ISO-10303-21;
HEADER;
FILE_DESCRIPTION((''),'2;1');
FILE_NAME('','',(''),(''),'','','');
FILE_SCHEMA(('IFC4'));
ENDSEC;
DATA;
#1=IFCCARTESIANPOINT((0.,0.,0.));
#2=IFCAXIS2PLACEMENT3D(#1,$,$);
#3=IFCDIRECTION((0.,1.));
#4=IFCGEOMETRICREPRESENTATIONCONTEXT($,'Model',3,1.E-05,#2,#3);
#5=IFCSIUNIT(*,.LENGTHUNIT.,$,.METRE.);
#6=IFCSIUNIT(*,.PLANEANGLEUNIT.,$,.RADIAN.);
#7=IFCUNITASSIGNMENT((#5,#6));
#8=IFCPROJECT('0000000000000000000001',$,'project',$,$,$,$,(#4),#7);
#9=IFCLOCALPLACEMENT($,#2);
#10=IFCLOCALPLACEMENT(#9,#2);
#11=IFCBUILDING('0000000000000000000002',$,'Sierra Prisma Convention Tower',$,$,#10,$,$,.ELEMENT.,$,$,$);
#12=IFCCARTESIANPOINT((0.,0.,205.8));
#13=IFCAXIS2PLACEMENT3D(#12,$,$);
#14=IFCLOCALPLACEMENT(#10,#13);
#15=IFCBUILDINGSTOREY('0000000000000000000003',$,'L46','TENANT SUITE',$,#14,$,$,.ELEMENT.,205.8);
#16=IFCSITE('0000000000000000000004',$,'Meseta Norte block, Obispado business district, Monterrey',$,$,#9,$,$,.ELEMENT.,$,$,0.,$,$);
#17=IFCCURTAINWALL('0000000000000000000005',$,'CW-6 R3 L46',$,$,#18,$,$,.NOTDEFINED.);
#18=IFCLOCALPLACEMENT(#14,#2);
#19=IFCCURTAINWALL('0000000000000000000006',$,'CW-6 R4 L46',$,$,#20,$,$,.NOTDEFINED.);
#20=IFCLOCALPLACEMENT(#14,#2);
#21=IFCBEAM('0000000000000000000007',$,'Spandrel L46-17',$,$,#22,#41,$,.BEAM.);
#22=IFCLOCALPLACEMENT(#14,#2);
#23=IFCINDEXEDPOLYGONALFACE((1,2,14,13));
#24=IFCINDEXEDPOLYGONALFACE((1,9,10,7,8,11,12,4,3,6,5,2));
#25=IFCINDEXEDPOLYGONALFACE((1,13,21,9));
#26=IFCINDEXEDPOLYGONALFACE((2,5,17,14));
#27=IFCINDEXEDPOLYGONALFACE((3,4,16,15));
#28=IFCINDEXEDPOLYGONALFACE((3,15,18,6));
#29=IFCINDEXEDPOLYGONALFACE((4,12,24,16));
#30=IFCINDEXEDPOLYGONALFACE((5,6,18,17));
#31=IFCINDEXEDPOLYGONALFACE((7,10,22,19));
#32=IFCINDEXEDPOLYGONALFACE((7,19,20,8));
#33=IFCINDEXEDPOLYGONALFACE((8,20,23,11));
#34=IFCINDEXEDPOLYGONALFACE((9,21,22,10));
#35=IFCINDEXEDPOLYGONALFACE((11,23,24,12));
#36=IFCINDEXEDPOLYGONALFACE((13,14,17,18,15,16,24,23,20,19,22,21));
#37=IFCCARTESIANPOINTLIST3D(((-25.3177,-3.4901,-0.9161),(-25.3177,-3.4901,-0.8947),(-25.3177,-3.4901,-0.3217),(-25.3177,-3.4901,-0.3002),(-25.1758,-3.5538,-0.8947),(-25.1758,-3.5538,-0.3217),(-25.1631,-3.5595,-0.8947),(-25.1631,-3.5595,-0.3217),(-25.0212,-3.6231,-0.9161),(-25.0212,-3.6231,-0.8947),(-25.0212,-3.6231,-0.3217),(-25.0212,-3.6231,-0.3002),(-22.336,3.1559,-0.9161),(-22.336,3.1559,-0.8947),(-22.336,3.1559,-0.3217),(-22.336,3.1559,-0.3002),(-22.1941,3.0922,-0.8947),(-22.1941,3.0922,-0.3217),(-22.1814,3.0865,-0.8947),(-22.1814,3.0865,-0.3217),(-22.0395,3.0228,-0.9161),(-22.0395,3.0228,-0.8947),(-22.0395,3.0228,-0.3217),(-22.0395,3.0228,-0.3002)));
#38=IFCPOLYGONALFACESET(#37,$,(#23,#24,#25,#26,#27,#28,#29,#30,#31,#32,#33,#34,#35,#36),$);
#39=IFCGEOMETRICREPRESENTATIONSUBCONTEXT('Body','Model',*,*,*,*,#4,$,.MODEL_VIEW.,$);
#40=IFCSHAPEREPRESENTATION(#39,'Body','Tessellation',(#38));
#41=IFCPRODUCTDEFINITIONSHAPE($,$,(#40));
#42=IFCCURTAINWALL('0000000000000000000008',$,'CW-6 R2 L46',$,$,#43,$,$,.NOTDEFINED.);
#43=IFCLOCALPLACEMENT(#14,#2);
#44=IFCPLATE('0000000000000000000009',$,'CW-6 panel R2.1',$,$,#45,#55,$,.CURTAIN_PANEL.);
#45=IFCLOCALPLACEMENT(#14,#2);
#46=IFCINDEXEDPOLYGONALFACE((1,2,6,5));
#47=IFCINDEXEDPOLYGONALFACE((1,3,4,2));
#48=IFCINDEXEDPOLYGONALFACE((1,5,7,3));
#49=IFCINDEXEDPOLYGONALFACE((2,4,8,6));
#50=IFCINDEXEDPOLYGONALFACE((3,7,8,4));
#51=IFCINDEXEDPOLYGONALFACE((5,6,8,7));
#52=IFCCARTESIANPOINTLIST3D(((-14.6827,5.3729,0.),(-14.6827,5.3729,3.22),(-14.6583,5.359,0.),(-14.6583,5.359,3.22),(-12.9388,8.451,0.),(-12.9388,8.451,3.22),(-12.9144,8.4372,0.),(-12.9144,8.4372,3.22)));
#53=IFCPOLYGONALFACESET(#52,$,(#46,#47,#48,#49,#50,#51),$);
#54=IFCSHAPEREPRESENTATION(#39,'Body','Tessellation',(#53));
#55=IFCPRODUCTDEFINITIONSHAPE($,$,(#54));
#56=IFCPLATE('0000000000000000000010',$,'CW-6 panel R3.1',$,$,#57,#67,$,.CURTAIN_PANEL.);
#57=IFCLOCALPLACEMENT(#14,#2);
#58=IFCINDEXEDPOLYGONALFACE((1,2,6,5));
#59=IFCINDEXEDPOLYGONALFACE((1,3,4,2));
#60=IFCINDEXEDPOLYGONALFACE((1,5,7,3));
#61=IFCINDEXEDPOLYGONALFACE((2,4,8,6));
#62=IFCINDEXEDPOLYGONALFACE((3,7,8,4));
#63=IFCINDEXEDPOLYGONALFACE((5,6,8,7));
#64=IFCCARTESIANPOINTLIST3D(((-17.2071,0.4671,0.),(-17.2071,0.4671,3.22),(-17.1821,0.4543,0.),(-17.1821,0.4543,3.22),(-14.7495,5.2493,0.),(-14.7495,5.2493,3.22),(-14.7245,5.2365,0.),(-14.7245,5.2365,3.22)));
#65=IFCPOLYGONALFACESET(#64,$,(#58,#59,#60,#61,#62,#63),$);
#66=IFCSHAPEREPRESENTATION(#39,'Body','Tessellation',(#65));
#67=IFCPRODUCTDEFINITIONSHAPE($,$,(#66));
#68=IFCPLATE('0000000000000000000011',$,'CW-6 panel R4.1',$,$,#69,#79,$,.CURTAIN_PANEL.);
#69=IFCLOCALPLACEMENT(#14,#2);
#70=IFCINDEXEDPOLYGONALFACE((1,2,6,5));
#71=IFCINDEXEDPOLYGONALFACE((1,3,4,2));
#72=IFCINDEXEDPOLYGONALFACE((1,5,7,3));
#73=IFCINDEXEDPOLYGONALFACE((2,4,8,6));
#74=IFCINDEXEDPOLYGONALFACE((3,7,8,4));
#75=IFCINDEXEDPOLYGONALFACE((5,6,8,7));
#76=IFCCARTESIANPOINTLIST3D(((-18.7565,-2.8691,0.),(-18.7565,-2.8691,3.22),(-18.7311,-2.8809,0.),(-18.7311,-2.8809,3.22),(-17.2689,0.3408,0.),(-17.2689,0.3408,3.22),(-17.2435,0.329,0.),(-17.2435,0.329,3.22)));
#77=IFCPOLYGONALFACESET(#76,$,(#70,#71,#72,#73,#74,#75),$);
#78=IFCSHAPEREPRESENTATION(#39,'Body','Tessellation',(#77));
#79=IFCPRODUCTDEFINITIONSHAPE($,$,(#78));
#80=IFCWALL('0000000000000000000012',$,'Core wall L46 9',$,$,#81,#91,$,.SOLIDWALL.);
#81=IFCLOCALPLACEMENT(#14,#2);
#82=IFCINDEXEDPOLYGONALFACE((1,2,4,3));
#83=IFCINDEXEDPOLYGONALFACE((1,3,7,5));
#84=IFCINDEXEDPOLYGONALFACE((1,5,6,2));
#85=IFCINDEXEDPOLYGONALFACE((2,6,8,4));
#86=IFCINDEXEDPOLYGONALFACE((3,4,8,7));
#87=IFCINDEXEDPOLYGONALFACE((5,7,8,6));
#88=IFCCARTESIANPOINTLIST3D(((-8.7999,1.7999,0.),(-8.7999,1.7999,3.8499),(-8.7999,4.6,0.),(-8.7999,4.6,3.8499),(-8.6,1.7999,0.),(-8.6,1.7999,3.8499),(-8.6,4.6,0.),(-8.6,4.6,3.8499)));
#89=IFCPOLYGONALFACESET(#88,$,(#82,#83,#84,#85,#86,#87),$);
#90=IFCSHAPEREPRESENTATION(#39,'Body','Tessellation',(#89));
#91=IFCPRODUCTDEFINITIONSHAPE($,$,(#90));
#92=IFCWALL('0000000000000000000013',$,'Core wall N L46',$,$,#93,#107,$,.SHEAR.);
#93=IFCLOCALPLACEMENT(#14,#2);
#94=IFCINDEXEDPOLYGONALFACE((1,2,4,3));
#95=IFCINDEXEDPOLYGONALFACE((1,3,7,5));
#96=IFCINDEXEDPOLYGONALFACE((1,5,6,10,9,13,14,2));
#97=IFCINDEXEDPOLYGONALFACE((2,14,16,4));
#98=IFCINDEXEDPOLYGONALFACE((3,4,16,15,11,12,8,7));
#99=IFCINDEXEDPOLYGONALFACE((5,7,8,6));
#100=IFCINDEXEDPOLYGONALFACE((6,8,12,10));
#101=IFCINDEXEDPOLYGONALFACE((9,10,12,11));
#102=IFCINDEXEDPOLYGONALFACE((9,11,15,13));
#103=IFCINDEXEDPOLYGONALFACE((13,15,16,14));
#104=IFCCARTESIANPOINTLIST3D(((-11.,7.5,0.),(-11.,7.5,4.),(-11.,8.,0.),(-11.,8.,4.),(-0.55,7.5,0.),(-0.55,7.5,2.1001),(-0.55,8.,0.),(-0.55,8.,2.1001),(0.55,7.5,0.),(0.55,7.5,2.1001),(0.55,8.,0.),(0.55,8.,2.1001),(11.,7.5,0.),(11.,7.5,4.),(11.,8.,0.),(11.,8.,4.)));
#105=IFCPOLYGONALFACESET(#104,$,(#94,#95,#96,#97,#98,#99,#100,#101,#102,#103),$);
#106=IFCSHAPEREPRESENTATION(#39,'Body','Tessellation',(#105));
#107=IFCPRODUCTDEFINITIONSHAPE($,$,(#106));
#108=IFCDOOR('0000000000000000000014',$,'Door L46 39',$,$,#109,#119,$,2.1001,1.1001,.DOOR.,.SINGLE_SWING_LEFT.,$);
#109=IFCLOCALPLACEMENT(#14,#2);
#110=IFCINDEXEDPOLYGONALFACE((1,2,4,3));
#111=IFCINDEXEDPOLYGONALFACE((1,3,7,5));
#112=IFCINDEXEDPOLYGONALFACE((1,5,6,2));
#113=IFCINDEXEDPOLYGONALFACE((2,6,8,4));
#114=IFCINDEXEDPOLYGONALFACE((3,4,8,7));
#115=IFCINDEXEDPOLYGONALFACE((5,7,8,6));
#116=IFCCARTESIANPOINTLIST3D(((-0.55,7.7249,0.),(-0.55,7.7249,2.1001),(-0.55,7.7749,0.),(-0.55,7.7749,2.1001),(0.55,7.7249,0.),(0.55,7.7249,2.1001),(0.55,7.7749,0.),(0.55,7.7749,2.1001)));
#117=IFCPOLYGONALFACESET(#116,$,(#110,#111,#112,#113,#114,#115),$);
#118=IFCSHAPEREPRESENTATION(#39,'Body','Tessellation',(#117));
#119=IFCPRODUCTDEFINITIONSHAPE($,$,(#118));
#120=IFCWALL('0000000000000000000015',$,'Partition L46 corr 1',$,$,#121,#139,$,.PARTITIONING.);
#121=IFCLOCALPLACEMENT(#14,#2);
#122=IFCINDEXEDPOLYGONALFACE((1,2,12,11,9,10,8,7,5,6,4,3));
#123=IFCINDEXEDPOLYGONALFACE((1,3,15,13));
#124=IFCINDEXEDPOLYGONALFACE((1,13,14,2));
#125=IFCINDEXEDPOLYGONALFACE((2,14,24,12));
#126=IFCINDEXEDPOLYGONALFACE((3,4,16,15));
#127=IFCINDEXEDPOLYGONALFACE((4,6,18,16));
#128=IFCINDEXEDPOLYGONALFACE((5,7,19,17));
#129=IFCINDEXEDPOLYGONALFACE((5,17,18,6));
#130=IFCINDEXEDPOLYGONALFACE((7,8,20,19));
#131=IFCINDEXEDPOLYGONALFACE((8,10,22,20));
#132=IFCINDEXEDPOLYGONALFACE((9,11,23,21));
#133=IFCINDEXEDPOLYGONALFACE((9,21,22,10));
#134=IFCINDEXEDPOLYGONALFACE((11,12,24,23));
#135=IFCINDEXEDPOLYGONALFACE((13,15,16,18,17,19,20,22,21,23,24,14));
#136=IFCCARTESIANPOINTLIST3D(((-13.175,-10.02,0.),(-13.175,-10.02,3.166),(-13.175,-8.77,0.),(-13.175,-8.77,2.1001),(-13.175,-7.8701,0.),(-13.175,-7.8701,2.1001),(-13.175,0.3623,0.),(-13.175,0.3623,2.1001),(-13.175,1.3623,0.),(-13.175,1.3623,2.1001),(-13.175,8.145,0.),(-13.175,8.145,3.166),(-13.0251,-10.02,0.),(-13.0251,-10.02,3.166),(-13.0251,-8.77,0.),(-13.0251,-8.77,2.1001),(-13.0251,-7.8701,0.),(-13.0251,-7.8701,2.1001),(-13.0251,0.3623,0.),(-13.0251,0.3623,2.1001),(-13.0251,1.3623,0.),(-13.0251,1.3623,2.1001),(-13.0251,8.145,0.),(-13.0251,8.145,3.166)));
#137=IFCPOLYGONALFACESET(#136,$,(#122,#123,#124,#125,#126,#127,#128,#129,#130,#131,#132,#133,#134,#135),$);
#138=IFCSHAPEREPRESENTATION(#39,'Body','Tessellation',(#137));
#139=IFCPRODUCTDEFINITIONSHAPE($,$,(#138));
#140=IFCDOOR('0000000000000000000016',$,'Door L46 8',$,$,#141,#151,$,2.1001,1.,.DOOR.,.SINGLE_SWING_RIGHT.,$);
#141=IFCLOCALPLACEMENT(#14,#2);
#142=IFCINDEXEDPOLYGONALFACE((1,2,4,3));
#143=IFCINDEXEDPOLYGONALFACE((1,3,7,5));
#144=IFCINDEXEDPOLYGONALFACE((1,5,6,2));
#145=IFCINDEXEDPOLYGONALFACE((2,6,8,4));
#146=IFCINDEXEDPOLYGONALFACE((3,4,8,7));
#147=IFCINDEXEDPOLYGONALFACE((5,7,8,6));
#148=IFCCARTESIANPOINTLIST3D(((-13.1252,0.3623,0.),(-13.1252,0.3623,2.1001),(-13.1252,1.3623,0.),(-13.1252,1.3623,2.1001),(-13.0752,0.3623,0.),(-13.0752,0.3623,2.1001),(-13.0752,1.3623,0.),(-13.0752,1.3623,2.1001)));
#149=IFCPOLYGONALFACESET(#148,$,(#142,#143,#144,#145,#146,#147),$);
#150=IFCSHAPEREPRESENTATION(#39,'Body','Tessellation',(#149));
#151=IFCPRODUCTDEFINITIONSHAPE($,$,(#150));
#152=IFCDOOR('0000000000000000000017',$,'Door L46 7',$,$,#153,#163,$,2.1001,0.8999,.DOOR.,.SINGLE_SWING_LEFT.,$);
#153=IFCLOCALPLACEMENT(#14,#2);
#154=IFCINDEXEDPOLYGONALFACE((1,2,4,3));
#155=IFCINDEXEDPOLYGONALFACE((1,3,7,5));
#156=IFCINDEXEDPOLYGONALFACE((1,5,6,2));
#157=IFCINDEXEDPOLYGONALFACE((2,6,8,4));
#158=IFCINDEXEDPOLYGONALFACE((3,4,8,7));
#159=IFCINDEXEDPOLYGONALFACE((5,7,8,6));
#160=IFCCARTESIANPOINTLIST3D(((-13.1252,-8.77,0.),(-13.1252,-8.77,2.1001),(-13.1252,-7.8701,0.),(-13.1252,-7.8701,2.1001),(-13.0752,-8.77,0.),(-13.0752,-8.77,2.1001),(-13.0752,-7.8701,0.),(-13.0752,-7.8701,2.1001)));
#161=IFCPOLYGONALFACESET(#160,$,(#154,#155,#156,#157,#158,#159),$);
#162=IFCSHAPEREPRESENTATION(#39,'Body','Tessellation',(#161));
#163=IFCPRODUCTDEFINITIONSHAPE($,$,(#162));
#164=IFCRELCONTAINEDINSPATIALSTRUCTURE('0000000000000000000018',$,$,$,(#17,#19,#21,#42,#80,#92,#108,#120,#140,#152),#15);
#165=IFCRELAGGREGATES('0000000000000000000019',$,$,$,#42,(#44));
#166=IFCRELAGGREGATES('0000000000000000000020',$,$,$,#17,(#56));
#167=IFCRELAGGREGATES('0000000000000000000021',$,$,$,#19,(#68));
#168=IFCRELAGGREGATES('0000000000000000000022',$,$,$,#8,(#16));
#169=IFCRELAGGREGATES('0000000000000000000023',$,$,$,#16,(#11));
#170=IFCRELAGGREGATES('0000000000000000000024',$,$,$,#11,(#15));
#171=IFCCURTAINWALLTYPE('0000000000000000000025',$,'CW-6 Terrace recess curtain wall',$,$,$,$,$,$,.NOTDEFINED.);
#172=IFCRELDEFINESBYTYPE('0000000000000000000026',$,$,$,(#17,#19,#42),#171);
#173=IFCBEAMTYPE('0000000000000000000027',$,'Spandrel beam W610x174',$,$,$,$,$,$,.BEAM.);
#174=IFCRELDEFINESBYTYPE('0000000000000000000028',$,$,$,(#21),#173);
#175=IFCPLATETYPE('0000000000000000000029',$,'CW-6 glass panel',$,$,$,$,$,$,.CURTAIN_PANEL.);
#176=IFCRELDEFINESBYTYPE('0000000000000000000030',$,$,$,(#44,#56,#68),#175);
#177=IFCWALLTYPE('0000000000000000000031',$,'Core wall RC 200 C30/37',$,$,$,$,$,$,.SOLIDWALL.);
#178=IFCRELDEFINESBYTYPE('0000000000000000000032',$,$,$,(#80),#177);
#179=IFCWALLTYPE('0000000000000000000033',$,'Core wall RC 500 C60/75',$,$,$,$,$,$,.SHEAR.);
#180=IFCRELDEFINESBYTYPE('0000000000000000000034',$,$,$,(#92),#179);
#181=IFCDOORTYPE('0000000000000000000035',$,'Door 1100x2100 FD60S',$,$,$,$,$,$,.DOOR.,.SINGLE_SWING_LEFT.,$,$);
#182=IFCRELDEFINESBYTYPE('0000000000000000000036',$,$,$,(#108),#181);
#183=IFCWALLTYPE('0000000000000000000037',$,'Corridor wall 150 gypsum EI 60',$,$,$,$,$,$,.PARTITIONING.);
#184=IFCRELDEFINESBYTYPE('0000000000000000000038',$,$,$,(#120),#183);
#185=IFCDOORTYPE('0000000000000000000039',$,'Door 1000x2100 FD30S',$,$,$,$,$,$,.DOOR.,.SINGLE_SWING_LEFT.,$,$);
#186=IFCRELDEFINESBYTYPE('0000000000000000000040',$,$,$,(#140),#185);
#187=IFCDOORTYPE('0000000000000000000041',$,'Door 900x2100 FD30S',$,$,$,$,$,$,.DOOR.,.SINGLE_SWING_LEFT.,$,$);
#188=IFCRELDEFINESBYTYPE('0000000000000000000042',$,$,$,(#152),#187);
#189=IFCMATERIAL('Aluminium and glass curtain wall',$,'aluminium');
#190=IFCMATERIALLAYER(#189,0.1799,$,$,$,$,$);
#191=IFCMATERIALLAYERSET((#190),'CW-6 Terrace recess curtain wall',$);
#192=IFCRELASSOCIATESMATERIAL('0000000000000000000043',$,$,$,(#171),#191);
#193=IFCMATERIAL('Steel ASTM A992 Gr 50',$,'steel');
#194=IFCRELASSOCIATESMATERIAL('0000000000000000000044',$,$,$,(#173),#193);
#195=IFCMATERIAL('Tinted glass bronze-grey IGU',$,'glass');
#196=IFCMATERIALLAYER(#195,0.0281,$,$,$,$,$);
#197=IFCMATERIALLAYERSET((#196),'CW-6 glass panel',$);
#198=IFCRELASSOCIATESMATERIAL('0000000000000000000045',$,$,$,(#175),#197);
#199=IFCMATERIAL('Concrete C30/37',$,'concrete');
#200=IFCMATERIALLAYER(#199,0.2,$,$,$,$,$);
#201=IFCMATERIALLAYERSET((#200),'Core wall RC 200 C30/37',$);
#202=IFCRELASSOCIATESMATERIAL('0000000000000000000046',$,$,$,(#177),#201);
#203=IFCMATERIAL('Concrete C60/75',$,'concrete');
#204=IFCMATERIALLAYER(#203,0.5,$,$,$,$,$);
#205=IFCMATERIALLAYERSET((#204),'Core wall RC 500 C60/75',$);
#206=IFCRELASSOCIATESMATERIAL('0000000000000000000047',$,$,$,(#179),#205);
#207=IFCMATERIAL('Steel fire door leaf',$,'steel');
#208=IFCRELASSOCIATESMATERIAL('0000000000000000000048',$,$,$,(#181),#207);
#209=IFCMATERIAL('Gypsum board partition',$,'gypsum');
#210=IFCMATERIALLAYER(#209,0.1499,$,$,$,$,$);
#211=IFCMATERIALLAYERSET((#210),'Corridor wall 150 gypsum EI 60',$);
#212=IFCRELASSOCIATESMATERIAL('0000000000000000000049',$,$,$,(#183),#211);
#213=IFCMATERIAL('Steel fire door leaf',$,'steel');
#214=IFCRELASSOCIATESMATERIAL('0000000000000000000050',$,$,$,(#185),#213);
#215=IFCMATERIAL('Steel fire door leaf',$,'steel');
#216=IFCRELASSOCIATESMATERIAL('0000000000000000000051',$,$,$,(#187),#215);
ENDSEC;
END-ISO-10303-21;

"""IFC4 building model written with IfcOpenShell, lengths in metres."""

from ifc_helpers import new_model, si_unit, direction, frame, frame_2d, origin, origin_2d, place, context, subcontext, project, spatial, rectangle, i_section, extrude, material, layer, layer_set, material_profile, profile_set, type_object, element, fill, aggregate, save


model = new_model("IFC4")

# Units and contexts
model_context = context("Model", 3, precision=1e-05, world=origin(), true_north=direction((0.0, 1.0)))
body_context = subcontext(model_context, "Body", "Model", "MODEL_VIEW")
ifc_project = project(units=[si_unit("LENGTHUNIT", "METRE"), si_unit("PLANEANGLEUNIT", "RADIAN")], contexts=[model_context])

# Site, building, storey
site_placement = place(None, origin())
site = spatial("IfcSite", under=ifc_project, at=site_placement, Name="Meseta Norte block, Obispado business district, Monterrey", CompositionType="ELEMENT", RefElevation=0.0)
building_placement = place(site_placement, origin())
building = spatial("IfcBuilding", under=site, at=building_placement, Name="Sierra Prisma Convention Tower", CompositionType="ELEMENT")
storey_placement = place(building_placement, frame((0.0, 0.0, 205.8)))
storey = spatial("IfcBuildingStorey", under=building, at=storey_placement, Name="L46", Description="TENANT SUITE", CompositionType="ELEMENT", Elevation=205.8)

# Curtain walls
ifc_material_1 = material(Name="Aluminium and glass curtain wall", Category="aluminium")
ifc_layer_1 = layer(ifc_material_1, 0.1799)
ifc_layer_set_1 = layer_set([ifc_layer_1], Name="CW-6 Terrace recess curtain wall")
curtain_wall_type = type_object("IfcCurtainWallType", Name="CW-6 Terrace recess curtain wall", PredefinedType="NOTDEFINED", material=ifc_layer_set_1)
curtain_wall_1_placement = place(storey_placement, origin())
curtain_wall_1 = element("IfcCurtainWall", 1, at=curtain_wall_1_placement, inside=storey, type_object=curtain_wall_type, Name="CW-6 R3 L46", PredefinedType="NOTDEFINED")
curtain_wall_2_placement = place(storey_placement, origin())
curtain_wall_2 = element("IfcCurtainWall", 2, at=curtain_wall_2_placement, inside=storey, type_object=curtain_wall_type, Name="CW-6 R4 L46", PredefinedType="NOTDEFINED")

# Beam
ifc_material_2 = material(Name="Steel ASTM A992 Gr 50", Category="steel")
ifc_material_profile_1 = material_profile(ifc_material_2, i_section(OverallWidth=0.325, OverallDepth=0.616, WebThickness=0.0139, FlangeThickness=0.0215, at=origin_2d()), Name="W610x174")
ifc_profile_set_1 = profile_set([ifc_material_profile_1], Name="Steel ASTM A992 Gr 50")
beam_type_1 = type_object("IfcBeamType", Name="Spandrel beam W610x174", PredefinedType="BEAM", material=ifc_profile_set_1)
beam_1_placement = place(storey_placement, frame((-22.1877, 3.0894, -0.6082), z_axis=(-0.409336, -0.912384, 0.0), x_axis=(0.912384, -0.409336, 0.0)))
element("IfcBeam", 3, at=beam_1_placement, inside=storey, type_object=beam_type_1, Name="Spandrel L46-17", PredefinedType="BEAM", context=body_context, shape_type="SweptSolid", body=[
    extrude(i_section(OverallWidth=0.325, OverallDepth=0.616, WebThickness=0.0139, FlangeThickness=0.0215, at=origin_2d()), origin(), (0.0, 0.0, 1.0), 7.2842),
])

# Curtain wall, plate
curtain_wall_3_placement = place(storey_placement, origin())
curtain_wall_3 = element("IfcCurtainWall", 4, at=curtain_wall_3_placement, inside=storey, type_object=curtain_wall_type, Name="CW-6 R2 L46", PredefinedType="NOTDEFINED")
ifc_material_3 = material(Name="Tinted glass bronze-grey IGU", Category="glass")
ifc_layer_2 = layer(ifc_material_3, 0.0281)
ifc_layer_set_2 = layer_set([ifc_layer_2], Name="CW-6 glass panel")
plate_type = type_object("IfcPlateType", Name="CW-6 glass panel", PredefinedType="CURTAIN_PANEL", material=ifc_layer_set_2)
plate_1_placement = place(storey_placement, frame((-13.7986, 6.905, 0.0), z_axis=(0.0, 0.0, 1.0), x_axis=(-0.492927, -0.870071, 0.0)))
plate_1 = element("IfcPlate", 5, at=plate_1_placement, type_object=plate_type, Name="CW-6 panel R2.1", PredefinedType="CURTAIN_PANEL", context=body_context, shape_type="SweptSolid", body=[
    extrude(rectangle(XDim=3.5378, YDim=0.0281, at=origin_2d()), origin(), (0.0, 0.0, 1.0), 3.22),
])
aggregate(curtain_wall_3, [plate_1])

# Plates
plate_2_placement = place(storey_placement, frame((-15.9658, 2.8518, 0.0), z_axis=(0.0, 0.0, 1.0), x_axis=(-0.457082, -0.889425, 0.0)))
plate_2 = element("IfcPlate", 6, at=plate_2_placement, type_object=plate_type, Name="CW-6 panel R3.1", PredefinedType="CURTAIN_PANEL", context=body_context, shape_type="SweptSolid", body=[
    extrude(rectangle(XDim=5.3767, YDim=0.0281, at=origin_2d()), origin(), (0.0, 0.0, 1.0), 3.22),
])
aggregate(curtain_wall_1, [plate_2])
plate_3_placement = place(storey_placement, frame((-18.0, -1.27, 0.0), z_axis=(0.0, 0.0, 1.0), x_axis=(-0.420478, -0.907303, 0.0)))
plate_3 = element("IfcPlate", 7, at=plate_3_placement, type_object=plate_type, Name="CW-6 panel R4.1", PredefinedType="CURTAIN_PANEL", context=body_context, shape_type="SweptSolid", body=[
    extrude(rectangle(XDim=3.5378, YDim=0.0281, at=origin_2d()), origin(), (0.0, 0.0, 1.0), 3.22),
])
aggregate(curtain_wall_2, [plate_3])

# Shared definitions
ifc_material_4 = material(Name="Concrete C30/37", Category="concrete")
ifc_layer_3 = layer(ifc_material_4, 0.2)
ifc_layer_set_3 = layer_set([ifc_layer_3], Name="Core wall RC 200 C30/37")
wall_type_1 = type_object("IfcWallType", Name="Core wall RC 200 C30/37", PredefinedType="SOLIDWALL", material=ifc_layer_set_3)

# Wall
wall_1_placement = place(storey_placement, frame((-8.7, 1.8, 0.0), z_axis=(0.0, 0.0, 1.0), x_axis=(0.0, 1.0, 0.0)))
element("IfcWall", 8, at=wall_1_placement, inside=storey, type_object=wall_type_1, Name="Core wall L46 9", PredefinedType="SOLIDWALL", context=body_context, shape_type="SweptSolid", body=[
    extrude(rectangle(XDim=2.8, YDim=0.2, at=frame_2d((1.3999, 0.0))), origin(), (0.0, 0.0, 1.0), 3.8499),
])

# Wall, opening, door
ifc_material_5 = material(Name="Concrete C60/75", Category="concrete")
ifc_layer_4 = layer(ifc_material_5, 0.5)
ifc_layer_set_4 = layer_set([ifc_layer_4], Name="Core wall RC 500 C60/75")
wall_type_2 = type_object("IfcWallType", Name="Core wall RC 500 C60/75", PredefinedType="SHEAR", material=ifc_layer_set_4)
wall_2_placement = place(storey_placement, frame((-11.0, 7.75, 0.0), z_axis=(0.0, 0.0, 1.0), x_axis=(1.0, 0.0, 0.0)))
wall_2 = element("IfcWall", 9, at=wall_2_placement, inside=storey, type_object=wall_type_2, Name="Core wall N L46", PredefinedType="SHEAR", context=body_context, shape_type="SweptSolid", body=[
    extrude(rectangle(XDim=22.0, YDim=0.5, at=frame_2d((11.0, 0.0))), origin(), (0.0, 0.0, 1.0), 4.0),
])
opening_1_placement = place(wall_2_placement, frame((10.45, 0.0, 0.0)))
opening_1 = element("IfcOpeningElement", 10, at=opening_1_placement, cuts=wall_2, PredefinedType="OPENING", context=body_context, shape_type="SweptSolid", body=[
    extrude(rectangle(XDim=1.1001, YDim=2.1001, at=frame_2d((0.55, 1.05))), frame((0.0, 0.25, 0.0), z_axis=(0.0, -1.0, 0.0), x_axis=(1.0, 0.0, 0.0)), (0.0, 0.0, 1.0), 0.5),
])
ifc_material_6 = material(Name="Steel fire door leaf", Category="steel")
door_type_1 = type_object("IfcDoorType", Name="Door 1100x2100 FD60S", OperationType="SINGLE_SWING_LEFT", PredefinedType="DOOR", material=ifc_material_6)
door_1_placement = place(opening_1_placement, origin())
door_1 = element("IfcDoor", 11, at=door_1_placement, inside=storey, type_object=door_type_1, Name="Door L46 39", OperationType="SINGLE_SWING_LEFT", OverallHeight=2.1001, OverallWidth=1.1001, PredefinedType="DOOR", context=body_context, shape_type="SweptSolid", body=[
    extrude(rectangle(XDim=1.1001, YDim=2.1001, at=frame_2d((0.55, 1.05))), frame((0.0, 0.0249, 0.0), z_axis=(0.0, -1.0, 0.0), x_axis=(1.0, 0.0, 0.0)), (0.0, 0.0, 1.0), 0.05),
])
fill(opening_1, door_1)

# Wall, openings, doors
ifc_material_7 = material(Name="Gypsum board partition", Category="gypsum")
ifc_layer_5 = layer(ifc_material_7, 0.1499)
ifc_layer_set_5 = layer_set([ifc_layer_5], Name="Corridor wall 150 gypsum EI 60")
wall_type_3 = type_object("IfcWallType", Name="Corridor wall 150 gypsum EI 60", PredefinedType="PARTITIONING", material=ifc_layer_set_5)
wall_3_placement = place(storey_placement, frame((-13.1001, 8.145, 0.0), z_axis=(0.0, 0.0, 1.0), x_axis=(0.0, -1.0, 0.0)))
wall_3 = element("IfcWall", 12, at=wall_3_placement, inside=storey, type_object=wall_type_3, Name="Partition L46 corr 1", PredefinedType="PARTITIONING", context=body_context, shape_type="SweptSolid", body=[
    extrude(rectangle(XDim=18.165, YDim=0.1499, at=frame_2d((9.0825, 0.0))), origin(), (0.0, 0.0, 1.0), 3.166),
])
opening_2_placement = place(wall_3_placement, frame((16.0151, 0.0, 0.0)))
opening_2 = element("IfcOpeningElement", 13, at=opening_2_placement, cuts=wall_3, PredefinedType="OPENING", context=body_context, shape_type="SweptSolid", body=[
    extrude(rectangle(XDim=0.8999, YDim=2.1001, at=frame_2d((0.45, 1.05))), frame((0.0, 0.075, 0.0), z_axis=(0.0, -1.0, 0.0), x_axis=(1.0, 0.0, 0.0)), (0.0, 0.0, 1.0), 0.1499),
])
opening_3_placement = place(wall_3_placement, frame((6.7827, 0.0, 0.0)))
opening_3 = element("IfcOpeningElement", 14, at=opening_3_placement, cuts=wall_3, PredefinedType="OPENING", context=body_context, shape_type="SweptSolid", body=[
    extrude(rectangle(XDim=1.0, YDim=2.1001, at=frame_2d((0.5, 1.05))), frame((0.0, 0.075, 0.0), z_axis=(0.0, -1.0, 0.0), x_axis=(1.0, 0.0, 0.0)), (0.0, 0.0, 1.0), 0.1499),
])
ifc_material_8 = material(Name="Steel fire door leaf", Category="steel")
door_type_2 = type_object("IfcDoorType", Name="Door 1000x2100 FD30S", OperationType="SINGLE_SWING_LEFT", PredefinedType="DOOR", material=ifc_material_8)
door_2_placement = place(opening_3_placement, origin())
door_2 = element("IfcDoor", 15, at=door_2_placement, inside=storey, type_object=door_type_2, Name="Door L46 8", OperationType="SINGLE_SWING_RIGHT", OverallHeight=2.1001, OverallWidth=1.0, PredefinedType="DOOR", context=body_context, shape_type="SweptSolid", body=[
    extrude(rectangle(XDim=1.0, YDim=2.1001, at=frame_2d((0.5, 1.05))), frame((0.0, 0.0249, 0.0), z_axis=(0.0, -1.0, 0.0), x_axis=(1.0, 0.0, 0.0)), (0.0, 0.0, 1.0), 0.05),
])
fill(opening_3, door_2)
ifc_material_9 = material(Name="Steel fire door leaf", Category="steel")
door_type_3 = type_object("IfcDoorType", Name="Door 900x2100 FD30S", OperationType="SINGLE_SWING_LEFT", PredefinedType="DOOR", material=ifc_material_9)
door_3_placement = place(opening_2_placement, origin())
door_3 = element("IfcDoor", 16, at=door_3_placement, inside=storey, type_object=door_type_3, Name="Door L46 7", OperationType="SINGLE_SWING_LEFT", OverallHeight=2.1001, OverallWidth=0.8999, PredefinedType="DOOR", context=body_context, shape_type="SweptSolid", body=[
    extrude(rectangle(XDim=0.8999, YDim=2.1001, at=frame_2d((0.45, 1.05))), frame((0.0, 0.0249, 0.0), z_axis=(0.0, -1.0, 0.0), x_axis=(1.0, 0.0, 0.0)), (0.0, 0.0, 1.0), 0.05),
])
fill(opening_2, door_3)

save(model, "model.ifc")
